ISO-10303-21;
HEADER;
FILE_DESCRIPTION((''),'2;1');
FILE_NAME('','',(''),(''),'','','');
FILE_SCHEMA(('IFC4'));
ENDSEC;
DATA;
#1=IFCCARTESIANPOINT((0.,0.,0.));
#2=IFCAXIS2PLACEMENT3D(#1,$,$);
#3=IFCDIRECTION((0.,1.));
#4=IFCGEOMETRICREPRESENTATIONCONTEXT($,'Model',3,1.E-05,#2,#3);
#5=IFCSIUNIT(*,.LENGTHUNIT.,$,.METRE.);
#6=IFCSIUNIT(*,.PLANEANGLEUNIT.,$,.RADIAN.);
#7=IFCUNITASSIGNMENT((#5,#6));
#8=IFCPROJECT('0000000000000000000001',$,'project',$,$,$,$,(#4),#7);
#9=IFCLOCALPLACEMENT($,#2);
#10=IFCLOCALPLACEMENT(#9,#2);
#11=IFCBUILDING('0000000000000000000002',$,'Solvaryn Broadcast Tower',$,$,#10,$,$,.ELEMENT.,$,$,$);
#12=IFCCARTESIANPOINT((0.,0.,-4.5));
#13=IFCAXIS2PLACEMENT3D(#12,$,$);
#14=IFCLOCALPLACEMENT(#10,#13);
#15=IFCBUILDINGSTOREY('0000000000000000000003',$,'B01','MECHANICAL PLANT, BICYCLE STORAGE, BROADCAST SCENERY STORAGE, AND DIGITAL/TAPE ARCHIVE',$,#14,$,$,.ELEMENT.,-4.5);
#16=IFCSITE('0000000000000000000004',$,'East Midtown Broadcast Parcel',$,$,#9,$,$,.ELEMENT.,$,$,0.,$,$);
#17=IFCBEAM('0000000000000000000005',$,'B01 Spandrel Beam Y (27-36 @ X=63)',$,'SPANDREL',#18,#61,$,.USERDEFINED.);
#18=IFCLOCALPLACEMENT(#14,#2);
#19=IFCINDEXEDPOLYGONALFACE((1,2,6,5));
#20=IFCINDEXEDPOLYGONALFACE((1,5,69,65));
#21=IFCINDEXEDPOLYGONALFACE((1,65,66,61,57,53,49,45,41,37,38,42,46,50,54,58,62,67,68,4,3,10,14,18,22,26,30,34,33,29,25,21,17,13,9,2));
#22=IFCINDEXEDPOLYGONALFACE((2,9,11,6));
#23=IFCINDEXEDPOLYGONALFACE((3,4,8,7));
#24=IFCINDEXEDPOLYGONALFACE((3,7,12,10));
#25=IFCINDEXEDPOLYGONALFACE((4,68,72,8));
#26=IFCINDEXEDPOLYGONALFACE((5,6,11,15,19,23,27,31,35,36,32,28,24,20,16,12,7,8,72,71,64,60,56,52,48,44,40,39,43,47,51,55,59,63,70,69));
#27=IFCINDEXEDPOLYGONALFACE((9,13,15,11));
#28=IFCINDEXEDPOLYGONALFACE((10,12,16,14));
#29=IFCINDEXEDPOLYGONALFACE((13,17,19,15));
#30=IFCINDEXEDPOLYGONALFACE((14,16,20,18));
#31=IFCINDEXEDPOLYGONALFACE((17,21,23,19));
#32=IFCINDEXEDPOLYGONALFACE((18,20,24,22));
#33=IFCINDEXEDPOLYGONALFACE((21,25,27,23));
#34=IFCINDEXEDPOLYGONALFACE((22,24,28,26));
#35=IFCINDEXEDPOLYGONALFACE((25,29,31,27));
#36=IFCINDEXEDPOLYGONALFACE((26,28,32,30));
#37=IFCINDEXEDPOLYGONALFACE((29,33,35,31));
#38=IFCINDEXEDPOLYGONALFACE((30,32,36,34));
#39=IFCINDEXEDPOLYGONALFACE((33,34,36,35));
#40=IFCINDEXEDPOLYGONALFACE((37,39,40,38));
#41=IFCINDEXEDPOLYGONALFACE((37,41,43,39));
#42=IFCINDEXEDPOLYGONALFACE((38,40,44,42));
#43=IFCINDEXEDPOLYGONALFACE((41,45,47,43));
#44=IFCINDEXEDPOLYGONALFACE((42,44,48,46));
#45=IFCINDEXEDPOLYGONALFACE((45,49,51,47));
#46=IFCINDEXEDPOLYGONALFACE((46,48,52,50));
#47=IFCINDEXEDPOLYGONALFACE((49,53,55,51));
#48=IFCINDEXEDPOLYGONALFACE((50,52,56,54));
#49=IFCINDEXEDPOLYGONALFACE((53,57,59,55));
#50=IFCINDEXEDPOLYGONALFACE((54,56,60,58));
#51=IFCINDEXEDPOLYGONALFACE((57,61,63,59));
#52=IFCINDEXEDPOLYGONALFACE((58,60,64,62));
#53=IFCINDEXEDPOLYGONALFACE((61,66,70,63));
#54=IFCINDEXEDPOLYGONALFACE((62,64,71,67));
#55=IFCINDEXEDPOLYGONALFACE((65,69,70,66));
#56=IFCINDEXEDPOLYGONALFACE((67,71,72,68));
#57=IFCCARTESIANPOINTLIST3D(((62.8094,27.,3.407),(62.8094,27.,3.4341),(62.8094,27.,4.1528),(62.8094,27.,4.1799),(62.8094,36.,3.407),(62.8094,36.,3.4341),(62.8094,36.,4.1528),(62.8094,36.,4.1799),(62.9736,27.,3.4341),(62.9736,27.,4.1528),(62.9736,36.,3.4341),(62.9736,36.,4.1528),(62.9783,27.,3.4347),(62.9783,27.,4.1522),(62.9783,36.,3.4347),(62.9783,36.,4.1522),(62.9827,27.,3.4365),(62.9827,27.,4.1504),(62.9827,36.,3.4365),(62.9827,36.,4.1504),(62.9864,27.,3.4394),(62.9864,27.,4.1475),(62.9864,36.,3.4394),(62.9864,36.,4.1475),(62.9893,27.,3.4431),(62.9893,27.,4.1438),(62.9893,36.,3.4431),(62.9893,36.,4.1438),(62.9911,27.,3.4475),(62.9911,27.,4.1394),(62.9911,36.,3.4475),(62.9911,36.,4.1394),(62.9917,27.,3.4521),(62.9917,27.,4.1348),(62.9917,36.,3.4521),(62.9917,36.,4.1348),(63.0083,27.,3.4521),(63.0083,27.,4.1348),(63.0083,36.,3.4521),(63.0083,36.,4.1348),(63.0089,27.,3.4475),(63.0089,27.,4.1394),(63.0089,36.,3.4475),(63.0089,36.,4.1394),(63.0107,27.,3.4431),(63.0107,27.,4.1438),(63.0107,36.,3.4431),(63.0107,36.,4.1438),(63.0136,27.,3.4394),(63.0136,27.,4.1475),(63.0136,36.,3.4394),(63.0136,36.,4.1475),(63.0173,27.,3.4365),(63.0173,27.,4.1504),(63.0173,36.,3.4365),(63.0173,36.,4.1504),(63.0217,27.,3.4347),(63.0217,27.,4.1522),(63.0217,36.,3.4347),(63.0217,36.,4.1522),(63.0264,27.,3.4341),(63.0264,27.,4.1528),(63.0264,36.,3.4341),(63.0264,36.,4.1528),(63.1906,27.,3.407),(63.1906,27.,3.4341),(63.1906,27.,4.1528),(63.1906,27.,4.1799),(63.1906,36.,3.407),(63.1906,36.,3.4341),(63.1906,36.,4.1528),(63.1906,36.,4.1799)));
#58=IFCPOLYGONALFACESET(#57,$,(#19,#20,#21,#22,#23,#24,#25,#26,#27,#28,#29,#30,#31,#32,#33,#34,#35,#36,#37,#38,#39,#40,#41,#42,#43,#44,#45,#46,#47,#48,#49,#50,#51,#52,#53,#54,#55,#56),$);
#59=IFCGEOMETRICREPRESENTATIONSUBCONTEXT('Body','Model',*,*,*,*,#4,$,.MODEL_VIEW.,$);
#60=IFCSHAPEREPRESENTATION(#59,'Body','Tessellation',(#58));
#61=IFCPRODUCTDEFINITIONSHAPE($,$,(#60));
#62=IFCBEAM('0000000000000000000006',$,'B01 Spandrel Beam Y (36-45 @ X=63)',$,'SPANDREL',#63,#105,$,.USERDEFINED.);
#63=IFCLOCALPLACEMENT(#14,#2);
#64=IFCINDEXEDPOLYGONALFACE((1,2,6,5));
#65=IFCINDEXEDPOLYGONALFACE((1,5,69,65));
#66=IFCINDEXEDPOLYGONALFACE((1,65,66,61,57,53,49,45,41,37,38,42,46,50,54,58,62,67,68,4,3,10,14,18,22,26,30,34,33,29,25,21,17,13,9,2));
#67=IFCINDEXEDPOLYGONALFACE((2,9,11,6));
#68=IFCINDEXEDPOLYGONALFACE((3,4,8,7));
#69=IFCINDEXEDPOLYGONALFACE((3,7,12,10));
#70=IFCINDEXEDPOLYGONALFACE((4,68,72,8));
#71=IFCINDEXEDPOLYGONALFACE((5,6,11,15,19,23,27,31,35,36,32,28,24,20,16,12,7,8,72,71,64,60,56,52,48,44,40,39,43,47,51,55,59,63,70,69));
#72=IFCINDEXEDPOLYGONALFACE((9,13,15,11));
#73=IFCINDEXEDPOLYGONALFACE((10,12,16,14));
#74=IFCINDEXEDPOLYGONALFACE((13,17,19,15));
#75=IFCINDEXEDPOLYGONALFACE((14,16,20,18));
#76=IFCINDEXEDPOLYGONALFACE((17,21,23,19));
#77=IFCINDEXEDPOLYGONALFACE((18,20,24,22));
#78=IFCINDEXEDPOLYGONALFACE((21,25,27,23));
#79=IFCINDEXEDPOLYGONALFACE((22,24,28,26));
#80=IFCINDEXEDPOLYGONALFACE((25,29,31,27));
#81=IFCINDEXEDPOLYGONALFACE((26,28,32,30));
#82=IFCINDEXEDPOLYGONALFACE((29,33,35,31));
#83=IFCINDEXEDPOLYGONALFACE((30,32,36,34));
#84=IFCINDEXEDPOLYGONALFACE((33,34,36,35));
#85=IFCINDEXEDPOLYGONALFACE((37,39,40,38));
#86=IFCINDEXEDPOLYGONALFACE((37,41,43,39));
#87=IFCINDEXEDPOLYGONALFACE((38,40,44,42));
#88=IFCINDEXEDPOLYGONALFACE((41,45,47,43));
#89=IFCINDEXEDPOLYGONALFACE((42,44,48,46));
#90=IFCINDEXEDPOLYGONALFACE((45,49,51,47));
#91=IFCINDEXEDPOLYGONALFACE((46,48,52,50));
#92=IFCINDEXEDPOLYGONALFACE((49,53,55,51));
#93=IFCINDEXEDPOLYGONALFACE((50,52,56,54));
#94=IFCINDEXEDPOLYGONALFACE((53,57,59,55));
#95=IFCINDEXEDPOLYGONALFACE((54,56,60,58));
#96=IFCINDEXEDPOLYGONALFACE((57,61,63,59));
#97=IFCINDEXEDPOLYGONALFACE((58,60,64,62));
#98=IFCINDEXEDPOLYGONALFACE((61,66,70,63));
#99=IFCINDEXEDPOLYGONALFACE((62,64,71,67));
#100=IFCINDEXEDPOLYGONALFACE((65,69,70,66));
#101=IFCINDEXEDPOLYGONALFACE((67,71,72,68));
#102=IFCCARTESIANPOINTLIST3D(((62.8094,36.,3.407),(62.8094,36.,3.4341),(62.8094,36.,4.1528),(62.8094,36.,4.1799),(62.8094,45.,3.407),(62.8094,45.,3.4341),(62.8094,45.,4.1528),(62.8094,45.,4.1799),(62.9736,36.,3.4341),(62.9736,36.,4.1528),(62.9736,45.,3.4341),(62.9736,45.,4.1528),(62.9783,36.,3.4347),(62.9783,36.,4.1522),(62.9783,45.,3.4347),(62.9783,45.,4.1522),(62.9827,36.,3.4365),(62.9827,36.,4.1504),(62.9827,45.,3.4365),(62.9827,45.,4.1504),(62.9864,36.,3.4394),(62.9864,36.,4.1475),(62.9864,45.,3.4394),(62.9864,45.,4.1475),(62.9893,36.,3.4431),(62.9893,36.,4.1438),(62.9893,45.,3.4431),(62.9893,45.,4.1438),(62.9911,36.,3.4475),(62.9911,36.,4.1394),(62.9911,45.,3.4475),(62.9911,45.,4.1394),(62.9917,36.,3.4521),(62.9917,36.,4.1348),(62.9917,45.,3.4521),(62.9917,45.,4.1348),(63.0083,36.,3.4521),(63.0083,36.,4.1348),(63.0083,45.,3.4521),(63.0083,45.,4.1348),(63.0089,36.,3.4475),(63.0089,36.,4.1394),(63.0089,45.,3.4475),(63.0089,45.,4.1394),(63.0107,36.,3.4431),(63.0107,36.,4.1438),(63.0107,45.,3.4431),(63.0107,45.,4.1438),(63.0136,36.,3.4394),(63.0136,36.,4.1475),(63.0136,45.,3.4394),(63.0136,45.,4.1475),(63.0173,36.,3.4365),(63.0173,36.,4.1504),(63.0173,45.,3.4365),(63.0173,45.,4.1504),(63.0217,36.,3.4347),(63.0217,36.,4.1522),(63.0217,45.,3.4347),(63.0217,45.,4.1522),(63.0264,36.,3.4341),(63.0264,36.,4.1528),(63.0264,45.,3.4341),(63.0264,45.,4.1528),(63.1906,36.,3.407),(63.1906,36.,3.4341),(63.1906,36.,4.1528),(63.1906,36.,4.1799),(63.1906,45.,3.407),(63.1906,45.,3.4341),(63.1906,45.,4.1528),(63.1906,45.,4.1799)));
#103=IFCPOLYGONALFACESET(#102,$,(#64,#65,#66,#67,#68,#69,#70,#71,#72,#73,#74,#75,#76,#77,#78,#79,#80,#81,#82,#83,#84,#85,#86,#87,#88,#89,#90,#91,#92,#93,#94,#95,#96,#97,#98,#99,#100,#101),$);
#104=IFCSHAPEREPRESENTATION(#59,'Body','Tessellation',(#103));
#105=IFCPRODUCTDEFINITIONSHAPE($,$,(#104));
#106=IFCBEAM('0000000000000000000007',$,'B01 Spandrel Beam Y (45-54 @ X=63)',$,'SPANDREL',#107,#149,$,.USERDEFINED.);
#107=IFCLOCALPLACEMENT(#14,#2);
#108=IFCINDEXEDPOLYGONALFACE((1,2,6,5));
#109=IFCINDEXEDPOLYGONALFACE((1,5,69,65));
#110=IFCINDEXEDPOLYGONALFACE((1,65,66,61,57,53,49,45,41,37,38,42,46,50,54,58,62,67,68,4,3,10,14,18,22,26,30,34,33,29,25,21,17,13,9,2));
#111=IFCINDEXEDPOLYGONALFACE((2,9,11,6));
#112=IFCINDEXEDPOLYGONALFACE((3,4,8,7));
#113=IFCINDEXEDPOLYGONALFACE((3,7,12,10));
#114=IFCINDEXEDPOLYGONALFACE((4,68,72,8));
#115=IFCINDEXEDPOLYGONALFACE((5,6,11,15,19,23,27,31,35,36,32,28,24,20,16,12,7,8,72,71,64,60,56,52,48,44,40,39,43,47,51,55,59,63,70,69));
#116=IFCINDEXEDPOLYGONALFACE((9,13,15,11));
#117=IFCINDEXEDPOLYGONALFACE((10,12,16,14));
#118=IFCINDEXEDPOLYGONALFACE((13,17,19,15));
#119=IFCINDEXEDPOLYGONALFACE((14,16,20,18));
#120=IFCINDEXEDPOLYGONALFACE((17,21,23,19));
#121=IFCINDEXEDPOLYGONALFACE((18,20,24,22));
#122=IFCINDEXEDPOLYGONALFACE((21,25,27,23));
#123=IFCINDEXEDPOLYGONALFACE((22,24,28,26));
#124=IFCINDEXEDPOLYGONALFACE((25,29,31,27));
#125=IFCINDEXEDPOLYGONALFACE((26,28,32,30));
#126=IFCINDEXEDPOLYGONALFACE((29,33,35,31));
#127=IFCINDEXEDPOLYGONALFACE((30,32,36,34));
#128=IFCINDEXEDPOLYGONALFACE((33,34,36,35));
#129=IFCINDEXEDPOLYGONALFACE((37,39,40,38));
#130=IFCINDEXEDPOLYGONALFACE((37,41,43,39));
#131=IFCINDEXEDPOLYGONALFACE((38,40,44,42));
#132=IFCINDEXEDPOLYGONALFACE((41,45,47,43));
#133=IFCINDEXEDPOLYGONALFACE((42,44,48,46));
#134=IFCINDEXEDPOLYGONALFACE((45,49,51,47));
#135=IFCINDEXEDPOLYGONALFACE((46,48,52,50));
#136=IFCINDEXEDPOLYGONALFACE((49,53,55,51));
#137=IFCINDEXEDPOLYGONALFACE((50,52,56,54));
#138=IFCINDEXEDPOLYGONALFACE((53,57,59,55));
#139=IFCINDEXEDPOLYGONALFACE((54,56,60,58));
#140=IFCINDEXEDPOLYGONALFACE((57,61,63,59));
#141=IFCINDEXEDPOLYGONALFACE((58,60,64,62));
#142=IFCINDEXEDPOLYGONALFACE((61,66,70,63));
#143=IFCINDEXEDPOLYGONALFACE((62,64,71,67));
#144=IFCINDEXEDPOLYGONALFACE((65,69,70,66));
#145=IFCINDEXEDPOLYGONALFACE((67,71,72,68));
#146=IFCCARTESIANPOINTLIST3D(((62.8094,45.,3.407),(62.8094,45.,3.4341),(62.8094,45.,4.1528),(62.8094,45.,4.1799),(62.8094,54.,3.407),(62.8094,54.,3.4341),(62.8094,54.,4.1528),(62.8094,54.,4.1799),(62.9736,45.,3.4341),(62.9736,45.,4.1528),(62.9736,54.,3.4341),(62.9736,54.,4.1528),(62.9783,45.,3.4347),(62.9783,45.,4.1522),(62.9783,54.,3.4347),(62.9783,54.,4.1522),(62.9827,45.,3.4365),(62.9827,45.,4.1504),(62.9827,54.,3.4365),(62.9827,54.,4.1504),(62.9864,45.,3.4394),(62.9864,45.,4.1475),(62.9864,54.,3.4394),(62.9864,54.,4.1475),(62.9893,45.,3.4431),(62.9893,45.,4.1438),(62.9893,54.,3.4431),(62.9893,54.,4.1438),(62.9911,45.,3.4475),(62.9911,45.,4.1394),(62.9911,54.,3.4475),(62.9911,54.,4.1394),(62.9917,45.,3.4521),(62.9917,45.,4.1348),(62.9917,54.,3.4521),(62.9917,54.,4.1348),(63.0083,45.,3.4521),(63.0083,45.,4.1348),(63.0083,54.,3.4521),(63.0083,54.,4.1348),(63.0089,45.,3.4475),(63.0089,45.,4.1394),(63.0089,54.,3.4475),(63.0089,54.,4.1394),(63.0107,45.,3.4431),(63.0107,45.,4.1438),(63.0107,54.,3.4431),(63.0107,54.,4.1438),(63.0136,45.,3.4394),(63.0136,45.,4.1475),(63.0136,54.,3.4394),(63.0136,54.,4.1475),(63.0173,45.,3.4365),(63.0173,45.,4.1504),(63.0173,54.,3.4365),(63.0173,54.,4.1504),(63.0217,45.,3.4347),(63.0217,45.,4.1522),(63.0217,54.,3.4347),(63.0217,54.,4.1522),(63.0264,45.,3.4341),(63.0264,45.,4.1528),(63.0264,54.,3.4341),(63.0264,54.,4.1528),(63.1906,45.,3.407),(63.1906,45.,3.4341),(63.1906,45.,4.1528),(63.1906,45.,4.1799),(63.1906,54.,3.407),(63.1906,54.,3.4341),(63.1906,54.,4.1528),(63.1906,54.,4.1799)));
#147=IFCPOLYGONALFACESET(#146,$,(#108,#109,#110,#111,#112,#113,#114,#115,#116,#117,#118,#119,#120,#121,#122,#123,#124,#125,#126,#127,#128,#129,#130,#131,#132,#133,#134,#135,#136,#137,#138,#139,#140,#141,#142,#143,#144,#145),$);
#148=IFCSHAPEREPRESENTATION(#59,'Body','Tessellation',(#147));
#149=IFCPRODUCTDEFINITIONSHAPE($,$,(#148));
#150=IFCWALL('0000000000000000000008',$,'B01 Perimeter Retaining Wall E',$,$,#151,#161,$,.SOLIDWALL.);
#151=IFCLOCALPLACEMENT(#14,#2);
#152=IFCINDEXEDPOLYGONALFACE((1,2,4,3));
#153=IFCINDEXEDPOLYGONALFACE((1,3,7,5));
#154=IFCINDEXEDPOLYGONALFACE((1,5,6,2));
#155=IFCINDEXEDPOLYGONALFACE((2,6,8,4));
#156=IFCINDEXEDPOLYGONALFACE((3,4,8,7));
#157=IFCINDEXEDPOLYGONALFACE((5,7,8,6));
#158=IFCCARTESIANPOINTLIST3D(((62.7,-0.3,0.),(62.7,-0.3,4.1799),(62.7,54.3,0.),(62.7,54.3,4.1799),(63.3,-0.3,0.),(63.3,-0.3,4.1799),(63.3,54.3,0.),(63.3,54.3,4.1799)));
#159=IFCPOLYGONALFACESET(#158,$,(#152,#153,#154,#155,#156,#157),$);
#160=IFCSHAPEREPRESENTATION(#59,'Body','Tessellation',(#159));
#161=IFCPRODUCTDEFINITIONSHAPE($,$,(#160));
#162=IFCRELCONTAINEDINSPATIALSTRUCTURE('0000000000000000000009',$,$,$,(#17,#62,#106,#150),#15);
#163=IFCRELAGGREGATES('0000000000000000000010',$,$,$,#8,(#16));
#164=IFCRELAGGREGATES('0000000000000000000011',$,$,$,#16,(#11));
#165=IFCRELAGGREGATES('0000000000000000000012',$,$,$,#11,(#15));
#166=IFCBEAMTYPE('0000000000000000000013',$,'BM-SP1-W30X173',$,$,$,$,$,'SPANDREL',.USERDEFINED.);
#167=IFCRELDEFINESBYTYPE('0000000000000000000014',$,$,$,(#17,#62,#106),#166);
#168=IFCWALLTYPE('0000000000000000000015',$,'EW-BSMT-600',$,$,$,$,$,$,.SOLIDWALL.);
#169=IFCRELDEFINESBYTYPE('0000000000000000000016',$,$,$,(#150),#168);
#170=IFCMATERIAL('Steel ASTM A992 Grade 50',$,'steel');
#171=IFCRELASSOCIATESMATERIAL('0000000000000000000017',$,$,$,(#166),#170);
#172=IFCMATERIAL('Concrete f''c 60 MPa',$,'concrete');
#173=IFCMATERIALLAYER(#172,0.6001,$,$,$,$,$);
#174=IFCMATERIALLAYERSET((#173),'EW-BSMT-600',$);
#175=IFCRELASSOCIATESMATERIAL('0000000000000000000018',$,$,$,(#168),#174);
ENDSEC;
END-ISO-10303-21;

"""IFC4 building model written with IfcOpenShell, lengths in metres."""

from ifc_helpers import new_model, si_unit, direction, frame, frame_2d, origin, origin_2d, place, context, subcontext, project, spatial, rectangle, i_section, extrude, material, layer, layer_set, material_profile, profile_set, type_object, element, save


model = new_model("IFC4")

# Units and contexts
model_context = context("Model", 3, precision=1e-05, world=origin(), true_north=direction((0.0, 1.0)))
body_context = subcontext(model_context, "Body", "Model", "MODEL_VIEW")
ifc_project = project(units=[si_unit("LENGTHUNIT", "METRE"), si_unit("PLANEANGLEUNIT", "RADIAN")], contexts=[model_context])

# Site, building, storey
site_placement = place(None, origin())
site = spatial("IfcSite", under=ifc_project, at=site_placement, Name="East Midtown Broadcast Parcel", CompositionType="ELEMENT", RefElevation=0.0)
building_placement = place(site_placement, origin())
building = spatial("IfcBuilding", under=site, at=building_placement, Name="Solvaryn Broadcast Tower", CompositionType="ELEMENT")
storey_placement = place(building_placement, frame((0.0, 0.0, -4.5)))
storey = spatial("IfcBuildingStorey", under=building, at=storey_placement, Name="B01", Description="MECHANICAL PLANT, BICYCLE STORAGE, BROADCAST SCENERY STORAGE, AND DIGITAL/TAPE ARCHIVE", CompositionType="ELEMENT", Elevation=-4.5)

# Beams
ifc_material_1 = material(Name="Steel ASTM A992 Grade 50", Category="steel")
ifc_material_profile_1 = material_profile(ifc_material_1, i_section(OverallWidth=0.3811, OverallDepth=0.7729, WebThickness=0.0166, FlangeThickness=0.0271, FilletRadius=0.0181, at=origin_2d()))
ifc_profile_set_1 = profile_set([ifc_material_profile_1], Name="Steel ASTM A992 Grade 50")
beam_type_1 = type_object("IfcBeamType", Name="BM-SP1-W30X173", ElementType="SPANDREL", PredefinedType="USERDEFINED", material=ifc_profile_set_1)
for number, where, z_axis, x_axis, name in (
    (1, (63.0, 27.0, 3.7935), (0.0, 1.0, 0.0), (-1.0, 0.0, 0.0), "B01 Spandrel Beam Y (27-36 @ X=63)"),
    (2, (63.0, 36.0, 3.7935), (0.0, 1.0, 0.0), (-1.0, 0.0, 0.0), "B01 Spandrel Beam Y (36-45 @ X=63)"),
    (3, (63.0, 45.0, 3.7935), (0.0, 1.0, 0.0), (-1.0, 0.0, 0.0), "B01 Spandrel Beam Y (45-54 @ X=63)"),
):
    element("IfcBeam", number, at=place(storey_placement, frame(where, z_axis=z_axis, x_axis=x_axis)), inside=storey, type_object=beam_type_1, Name=name, ObjectType="SPANDREL", PredefinedType="USERDEFINED", context=body_context, shape_type="SweptSolid", body=[
        extrude(i_section(OverallWidth=0.3811, OverallDepth=0.7729, WebThickness=0.0166, FlangeThickness=0.0271, FilletRadius=0.0181, at=origin_2d()), origin(), (0.0, 0.0, 1.0), 9.0),
    ])

# Wall
ifc_material_2 = material(Name="Concrete f'c 60 MPa", Category="concrete")
ifc_layer = layer(ifc_material_2, 0.6001)
ifc_layer_set = layer_set([ifc_layer], Name="EW-BSMT-600")
wall_type = type_object("IfcWallType", Name="EW-BSMT-600", PredefinedType="SOLIDWALL", material=ifc_layer_set)
wall_placement = place(storey_placement, frame((63.0, 54.3, 0.0), z_axis=(0.0, 0.0, 1.0), x_axis=(0.0, -1.0, 0.0)))
element("IfcWall", 4, at=wall_placement, inside=storey, type_object=wall_type, Name="B01 Perimeter Retaining Wall E", PredefinedType="SOLIDWALL", context=body_context, shape_type="SweptSolid", body=[
    extrude(rectangle(XDim=54.6001, YDim=0.6001, at=frame_2d((27.3, 0.0))), origin(), (0.0, 0.0, 1.0), 4.1799),
])

save(model, "model.ifc")
